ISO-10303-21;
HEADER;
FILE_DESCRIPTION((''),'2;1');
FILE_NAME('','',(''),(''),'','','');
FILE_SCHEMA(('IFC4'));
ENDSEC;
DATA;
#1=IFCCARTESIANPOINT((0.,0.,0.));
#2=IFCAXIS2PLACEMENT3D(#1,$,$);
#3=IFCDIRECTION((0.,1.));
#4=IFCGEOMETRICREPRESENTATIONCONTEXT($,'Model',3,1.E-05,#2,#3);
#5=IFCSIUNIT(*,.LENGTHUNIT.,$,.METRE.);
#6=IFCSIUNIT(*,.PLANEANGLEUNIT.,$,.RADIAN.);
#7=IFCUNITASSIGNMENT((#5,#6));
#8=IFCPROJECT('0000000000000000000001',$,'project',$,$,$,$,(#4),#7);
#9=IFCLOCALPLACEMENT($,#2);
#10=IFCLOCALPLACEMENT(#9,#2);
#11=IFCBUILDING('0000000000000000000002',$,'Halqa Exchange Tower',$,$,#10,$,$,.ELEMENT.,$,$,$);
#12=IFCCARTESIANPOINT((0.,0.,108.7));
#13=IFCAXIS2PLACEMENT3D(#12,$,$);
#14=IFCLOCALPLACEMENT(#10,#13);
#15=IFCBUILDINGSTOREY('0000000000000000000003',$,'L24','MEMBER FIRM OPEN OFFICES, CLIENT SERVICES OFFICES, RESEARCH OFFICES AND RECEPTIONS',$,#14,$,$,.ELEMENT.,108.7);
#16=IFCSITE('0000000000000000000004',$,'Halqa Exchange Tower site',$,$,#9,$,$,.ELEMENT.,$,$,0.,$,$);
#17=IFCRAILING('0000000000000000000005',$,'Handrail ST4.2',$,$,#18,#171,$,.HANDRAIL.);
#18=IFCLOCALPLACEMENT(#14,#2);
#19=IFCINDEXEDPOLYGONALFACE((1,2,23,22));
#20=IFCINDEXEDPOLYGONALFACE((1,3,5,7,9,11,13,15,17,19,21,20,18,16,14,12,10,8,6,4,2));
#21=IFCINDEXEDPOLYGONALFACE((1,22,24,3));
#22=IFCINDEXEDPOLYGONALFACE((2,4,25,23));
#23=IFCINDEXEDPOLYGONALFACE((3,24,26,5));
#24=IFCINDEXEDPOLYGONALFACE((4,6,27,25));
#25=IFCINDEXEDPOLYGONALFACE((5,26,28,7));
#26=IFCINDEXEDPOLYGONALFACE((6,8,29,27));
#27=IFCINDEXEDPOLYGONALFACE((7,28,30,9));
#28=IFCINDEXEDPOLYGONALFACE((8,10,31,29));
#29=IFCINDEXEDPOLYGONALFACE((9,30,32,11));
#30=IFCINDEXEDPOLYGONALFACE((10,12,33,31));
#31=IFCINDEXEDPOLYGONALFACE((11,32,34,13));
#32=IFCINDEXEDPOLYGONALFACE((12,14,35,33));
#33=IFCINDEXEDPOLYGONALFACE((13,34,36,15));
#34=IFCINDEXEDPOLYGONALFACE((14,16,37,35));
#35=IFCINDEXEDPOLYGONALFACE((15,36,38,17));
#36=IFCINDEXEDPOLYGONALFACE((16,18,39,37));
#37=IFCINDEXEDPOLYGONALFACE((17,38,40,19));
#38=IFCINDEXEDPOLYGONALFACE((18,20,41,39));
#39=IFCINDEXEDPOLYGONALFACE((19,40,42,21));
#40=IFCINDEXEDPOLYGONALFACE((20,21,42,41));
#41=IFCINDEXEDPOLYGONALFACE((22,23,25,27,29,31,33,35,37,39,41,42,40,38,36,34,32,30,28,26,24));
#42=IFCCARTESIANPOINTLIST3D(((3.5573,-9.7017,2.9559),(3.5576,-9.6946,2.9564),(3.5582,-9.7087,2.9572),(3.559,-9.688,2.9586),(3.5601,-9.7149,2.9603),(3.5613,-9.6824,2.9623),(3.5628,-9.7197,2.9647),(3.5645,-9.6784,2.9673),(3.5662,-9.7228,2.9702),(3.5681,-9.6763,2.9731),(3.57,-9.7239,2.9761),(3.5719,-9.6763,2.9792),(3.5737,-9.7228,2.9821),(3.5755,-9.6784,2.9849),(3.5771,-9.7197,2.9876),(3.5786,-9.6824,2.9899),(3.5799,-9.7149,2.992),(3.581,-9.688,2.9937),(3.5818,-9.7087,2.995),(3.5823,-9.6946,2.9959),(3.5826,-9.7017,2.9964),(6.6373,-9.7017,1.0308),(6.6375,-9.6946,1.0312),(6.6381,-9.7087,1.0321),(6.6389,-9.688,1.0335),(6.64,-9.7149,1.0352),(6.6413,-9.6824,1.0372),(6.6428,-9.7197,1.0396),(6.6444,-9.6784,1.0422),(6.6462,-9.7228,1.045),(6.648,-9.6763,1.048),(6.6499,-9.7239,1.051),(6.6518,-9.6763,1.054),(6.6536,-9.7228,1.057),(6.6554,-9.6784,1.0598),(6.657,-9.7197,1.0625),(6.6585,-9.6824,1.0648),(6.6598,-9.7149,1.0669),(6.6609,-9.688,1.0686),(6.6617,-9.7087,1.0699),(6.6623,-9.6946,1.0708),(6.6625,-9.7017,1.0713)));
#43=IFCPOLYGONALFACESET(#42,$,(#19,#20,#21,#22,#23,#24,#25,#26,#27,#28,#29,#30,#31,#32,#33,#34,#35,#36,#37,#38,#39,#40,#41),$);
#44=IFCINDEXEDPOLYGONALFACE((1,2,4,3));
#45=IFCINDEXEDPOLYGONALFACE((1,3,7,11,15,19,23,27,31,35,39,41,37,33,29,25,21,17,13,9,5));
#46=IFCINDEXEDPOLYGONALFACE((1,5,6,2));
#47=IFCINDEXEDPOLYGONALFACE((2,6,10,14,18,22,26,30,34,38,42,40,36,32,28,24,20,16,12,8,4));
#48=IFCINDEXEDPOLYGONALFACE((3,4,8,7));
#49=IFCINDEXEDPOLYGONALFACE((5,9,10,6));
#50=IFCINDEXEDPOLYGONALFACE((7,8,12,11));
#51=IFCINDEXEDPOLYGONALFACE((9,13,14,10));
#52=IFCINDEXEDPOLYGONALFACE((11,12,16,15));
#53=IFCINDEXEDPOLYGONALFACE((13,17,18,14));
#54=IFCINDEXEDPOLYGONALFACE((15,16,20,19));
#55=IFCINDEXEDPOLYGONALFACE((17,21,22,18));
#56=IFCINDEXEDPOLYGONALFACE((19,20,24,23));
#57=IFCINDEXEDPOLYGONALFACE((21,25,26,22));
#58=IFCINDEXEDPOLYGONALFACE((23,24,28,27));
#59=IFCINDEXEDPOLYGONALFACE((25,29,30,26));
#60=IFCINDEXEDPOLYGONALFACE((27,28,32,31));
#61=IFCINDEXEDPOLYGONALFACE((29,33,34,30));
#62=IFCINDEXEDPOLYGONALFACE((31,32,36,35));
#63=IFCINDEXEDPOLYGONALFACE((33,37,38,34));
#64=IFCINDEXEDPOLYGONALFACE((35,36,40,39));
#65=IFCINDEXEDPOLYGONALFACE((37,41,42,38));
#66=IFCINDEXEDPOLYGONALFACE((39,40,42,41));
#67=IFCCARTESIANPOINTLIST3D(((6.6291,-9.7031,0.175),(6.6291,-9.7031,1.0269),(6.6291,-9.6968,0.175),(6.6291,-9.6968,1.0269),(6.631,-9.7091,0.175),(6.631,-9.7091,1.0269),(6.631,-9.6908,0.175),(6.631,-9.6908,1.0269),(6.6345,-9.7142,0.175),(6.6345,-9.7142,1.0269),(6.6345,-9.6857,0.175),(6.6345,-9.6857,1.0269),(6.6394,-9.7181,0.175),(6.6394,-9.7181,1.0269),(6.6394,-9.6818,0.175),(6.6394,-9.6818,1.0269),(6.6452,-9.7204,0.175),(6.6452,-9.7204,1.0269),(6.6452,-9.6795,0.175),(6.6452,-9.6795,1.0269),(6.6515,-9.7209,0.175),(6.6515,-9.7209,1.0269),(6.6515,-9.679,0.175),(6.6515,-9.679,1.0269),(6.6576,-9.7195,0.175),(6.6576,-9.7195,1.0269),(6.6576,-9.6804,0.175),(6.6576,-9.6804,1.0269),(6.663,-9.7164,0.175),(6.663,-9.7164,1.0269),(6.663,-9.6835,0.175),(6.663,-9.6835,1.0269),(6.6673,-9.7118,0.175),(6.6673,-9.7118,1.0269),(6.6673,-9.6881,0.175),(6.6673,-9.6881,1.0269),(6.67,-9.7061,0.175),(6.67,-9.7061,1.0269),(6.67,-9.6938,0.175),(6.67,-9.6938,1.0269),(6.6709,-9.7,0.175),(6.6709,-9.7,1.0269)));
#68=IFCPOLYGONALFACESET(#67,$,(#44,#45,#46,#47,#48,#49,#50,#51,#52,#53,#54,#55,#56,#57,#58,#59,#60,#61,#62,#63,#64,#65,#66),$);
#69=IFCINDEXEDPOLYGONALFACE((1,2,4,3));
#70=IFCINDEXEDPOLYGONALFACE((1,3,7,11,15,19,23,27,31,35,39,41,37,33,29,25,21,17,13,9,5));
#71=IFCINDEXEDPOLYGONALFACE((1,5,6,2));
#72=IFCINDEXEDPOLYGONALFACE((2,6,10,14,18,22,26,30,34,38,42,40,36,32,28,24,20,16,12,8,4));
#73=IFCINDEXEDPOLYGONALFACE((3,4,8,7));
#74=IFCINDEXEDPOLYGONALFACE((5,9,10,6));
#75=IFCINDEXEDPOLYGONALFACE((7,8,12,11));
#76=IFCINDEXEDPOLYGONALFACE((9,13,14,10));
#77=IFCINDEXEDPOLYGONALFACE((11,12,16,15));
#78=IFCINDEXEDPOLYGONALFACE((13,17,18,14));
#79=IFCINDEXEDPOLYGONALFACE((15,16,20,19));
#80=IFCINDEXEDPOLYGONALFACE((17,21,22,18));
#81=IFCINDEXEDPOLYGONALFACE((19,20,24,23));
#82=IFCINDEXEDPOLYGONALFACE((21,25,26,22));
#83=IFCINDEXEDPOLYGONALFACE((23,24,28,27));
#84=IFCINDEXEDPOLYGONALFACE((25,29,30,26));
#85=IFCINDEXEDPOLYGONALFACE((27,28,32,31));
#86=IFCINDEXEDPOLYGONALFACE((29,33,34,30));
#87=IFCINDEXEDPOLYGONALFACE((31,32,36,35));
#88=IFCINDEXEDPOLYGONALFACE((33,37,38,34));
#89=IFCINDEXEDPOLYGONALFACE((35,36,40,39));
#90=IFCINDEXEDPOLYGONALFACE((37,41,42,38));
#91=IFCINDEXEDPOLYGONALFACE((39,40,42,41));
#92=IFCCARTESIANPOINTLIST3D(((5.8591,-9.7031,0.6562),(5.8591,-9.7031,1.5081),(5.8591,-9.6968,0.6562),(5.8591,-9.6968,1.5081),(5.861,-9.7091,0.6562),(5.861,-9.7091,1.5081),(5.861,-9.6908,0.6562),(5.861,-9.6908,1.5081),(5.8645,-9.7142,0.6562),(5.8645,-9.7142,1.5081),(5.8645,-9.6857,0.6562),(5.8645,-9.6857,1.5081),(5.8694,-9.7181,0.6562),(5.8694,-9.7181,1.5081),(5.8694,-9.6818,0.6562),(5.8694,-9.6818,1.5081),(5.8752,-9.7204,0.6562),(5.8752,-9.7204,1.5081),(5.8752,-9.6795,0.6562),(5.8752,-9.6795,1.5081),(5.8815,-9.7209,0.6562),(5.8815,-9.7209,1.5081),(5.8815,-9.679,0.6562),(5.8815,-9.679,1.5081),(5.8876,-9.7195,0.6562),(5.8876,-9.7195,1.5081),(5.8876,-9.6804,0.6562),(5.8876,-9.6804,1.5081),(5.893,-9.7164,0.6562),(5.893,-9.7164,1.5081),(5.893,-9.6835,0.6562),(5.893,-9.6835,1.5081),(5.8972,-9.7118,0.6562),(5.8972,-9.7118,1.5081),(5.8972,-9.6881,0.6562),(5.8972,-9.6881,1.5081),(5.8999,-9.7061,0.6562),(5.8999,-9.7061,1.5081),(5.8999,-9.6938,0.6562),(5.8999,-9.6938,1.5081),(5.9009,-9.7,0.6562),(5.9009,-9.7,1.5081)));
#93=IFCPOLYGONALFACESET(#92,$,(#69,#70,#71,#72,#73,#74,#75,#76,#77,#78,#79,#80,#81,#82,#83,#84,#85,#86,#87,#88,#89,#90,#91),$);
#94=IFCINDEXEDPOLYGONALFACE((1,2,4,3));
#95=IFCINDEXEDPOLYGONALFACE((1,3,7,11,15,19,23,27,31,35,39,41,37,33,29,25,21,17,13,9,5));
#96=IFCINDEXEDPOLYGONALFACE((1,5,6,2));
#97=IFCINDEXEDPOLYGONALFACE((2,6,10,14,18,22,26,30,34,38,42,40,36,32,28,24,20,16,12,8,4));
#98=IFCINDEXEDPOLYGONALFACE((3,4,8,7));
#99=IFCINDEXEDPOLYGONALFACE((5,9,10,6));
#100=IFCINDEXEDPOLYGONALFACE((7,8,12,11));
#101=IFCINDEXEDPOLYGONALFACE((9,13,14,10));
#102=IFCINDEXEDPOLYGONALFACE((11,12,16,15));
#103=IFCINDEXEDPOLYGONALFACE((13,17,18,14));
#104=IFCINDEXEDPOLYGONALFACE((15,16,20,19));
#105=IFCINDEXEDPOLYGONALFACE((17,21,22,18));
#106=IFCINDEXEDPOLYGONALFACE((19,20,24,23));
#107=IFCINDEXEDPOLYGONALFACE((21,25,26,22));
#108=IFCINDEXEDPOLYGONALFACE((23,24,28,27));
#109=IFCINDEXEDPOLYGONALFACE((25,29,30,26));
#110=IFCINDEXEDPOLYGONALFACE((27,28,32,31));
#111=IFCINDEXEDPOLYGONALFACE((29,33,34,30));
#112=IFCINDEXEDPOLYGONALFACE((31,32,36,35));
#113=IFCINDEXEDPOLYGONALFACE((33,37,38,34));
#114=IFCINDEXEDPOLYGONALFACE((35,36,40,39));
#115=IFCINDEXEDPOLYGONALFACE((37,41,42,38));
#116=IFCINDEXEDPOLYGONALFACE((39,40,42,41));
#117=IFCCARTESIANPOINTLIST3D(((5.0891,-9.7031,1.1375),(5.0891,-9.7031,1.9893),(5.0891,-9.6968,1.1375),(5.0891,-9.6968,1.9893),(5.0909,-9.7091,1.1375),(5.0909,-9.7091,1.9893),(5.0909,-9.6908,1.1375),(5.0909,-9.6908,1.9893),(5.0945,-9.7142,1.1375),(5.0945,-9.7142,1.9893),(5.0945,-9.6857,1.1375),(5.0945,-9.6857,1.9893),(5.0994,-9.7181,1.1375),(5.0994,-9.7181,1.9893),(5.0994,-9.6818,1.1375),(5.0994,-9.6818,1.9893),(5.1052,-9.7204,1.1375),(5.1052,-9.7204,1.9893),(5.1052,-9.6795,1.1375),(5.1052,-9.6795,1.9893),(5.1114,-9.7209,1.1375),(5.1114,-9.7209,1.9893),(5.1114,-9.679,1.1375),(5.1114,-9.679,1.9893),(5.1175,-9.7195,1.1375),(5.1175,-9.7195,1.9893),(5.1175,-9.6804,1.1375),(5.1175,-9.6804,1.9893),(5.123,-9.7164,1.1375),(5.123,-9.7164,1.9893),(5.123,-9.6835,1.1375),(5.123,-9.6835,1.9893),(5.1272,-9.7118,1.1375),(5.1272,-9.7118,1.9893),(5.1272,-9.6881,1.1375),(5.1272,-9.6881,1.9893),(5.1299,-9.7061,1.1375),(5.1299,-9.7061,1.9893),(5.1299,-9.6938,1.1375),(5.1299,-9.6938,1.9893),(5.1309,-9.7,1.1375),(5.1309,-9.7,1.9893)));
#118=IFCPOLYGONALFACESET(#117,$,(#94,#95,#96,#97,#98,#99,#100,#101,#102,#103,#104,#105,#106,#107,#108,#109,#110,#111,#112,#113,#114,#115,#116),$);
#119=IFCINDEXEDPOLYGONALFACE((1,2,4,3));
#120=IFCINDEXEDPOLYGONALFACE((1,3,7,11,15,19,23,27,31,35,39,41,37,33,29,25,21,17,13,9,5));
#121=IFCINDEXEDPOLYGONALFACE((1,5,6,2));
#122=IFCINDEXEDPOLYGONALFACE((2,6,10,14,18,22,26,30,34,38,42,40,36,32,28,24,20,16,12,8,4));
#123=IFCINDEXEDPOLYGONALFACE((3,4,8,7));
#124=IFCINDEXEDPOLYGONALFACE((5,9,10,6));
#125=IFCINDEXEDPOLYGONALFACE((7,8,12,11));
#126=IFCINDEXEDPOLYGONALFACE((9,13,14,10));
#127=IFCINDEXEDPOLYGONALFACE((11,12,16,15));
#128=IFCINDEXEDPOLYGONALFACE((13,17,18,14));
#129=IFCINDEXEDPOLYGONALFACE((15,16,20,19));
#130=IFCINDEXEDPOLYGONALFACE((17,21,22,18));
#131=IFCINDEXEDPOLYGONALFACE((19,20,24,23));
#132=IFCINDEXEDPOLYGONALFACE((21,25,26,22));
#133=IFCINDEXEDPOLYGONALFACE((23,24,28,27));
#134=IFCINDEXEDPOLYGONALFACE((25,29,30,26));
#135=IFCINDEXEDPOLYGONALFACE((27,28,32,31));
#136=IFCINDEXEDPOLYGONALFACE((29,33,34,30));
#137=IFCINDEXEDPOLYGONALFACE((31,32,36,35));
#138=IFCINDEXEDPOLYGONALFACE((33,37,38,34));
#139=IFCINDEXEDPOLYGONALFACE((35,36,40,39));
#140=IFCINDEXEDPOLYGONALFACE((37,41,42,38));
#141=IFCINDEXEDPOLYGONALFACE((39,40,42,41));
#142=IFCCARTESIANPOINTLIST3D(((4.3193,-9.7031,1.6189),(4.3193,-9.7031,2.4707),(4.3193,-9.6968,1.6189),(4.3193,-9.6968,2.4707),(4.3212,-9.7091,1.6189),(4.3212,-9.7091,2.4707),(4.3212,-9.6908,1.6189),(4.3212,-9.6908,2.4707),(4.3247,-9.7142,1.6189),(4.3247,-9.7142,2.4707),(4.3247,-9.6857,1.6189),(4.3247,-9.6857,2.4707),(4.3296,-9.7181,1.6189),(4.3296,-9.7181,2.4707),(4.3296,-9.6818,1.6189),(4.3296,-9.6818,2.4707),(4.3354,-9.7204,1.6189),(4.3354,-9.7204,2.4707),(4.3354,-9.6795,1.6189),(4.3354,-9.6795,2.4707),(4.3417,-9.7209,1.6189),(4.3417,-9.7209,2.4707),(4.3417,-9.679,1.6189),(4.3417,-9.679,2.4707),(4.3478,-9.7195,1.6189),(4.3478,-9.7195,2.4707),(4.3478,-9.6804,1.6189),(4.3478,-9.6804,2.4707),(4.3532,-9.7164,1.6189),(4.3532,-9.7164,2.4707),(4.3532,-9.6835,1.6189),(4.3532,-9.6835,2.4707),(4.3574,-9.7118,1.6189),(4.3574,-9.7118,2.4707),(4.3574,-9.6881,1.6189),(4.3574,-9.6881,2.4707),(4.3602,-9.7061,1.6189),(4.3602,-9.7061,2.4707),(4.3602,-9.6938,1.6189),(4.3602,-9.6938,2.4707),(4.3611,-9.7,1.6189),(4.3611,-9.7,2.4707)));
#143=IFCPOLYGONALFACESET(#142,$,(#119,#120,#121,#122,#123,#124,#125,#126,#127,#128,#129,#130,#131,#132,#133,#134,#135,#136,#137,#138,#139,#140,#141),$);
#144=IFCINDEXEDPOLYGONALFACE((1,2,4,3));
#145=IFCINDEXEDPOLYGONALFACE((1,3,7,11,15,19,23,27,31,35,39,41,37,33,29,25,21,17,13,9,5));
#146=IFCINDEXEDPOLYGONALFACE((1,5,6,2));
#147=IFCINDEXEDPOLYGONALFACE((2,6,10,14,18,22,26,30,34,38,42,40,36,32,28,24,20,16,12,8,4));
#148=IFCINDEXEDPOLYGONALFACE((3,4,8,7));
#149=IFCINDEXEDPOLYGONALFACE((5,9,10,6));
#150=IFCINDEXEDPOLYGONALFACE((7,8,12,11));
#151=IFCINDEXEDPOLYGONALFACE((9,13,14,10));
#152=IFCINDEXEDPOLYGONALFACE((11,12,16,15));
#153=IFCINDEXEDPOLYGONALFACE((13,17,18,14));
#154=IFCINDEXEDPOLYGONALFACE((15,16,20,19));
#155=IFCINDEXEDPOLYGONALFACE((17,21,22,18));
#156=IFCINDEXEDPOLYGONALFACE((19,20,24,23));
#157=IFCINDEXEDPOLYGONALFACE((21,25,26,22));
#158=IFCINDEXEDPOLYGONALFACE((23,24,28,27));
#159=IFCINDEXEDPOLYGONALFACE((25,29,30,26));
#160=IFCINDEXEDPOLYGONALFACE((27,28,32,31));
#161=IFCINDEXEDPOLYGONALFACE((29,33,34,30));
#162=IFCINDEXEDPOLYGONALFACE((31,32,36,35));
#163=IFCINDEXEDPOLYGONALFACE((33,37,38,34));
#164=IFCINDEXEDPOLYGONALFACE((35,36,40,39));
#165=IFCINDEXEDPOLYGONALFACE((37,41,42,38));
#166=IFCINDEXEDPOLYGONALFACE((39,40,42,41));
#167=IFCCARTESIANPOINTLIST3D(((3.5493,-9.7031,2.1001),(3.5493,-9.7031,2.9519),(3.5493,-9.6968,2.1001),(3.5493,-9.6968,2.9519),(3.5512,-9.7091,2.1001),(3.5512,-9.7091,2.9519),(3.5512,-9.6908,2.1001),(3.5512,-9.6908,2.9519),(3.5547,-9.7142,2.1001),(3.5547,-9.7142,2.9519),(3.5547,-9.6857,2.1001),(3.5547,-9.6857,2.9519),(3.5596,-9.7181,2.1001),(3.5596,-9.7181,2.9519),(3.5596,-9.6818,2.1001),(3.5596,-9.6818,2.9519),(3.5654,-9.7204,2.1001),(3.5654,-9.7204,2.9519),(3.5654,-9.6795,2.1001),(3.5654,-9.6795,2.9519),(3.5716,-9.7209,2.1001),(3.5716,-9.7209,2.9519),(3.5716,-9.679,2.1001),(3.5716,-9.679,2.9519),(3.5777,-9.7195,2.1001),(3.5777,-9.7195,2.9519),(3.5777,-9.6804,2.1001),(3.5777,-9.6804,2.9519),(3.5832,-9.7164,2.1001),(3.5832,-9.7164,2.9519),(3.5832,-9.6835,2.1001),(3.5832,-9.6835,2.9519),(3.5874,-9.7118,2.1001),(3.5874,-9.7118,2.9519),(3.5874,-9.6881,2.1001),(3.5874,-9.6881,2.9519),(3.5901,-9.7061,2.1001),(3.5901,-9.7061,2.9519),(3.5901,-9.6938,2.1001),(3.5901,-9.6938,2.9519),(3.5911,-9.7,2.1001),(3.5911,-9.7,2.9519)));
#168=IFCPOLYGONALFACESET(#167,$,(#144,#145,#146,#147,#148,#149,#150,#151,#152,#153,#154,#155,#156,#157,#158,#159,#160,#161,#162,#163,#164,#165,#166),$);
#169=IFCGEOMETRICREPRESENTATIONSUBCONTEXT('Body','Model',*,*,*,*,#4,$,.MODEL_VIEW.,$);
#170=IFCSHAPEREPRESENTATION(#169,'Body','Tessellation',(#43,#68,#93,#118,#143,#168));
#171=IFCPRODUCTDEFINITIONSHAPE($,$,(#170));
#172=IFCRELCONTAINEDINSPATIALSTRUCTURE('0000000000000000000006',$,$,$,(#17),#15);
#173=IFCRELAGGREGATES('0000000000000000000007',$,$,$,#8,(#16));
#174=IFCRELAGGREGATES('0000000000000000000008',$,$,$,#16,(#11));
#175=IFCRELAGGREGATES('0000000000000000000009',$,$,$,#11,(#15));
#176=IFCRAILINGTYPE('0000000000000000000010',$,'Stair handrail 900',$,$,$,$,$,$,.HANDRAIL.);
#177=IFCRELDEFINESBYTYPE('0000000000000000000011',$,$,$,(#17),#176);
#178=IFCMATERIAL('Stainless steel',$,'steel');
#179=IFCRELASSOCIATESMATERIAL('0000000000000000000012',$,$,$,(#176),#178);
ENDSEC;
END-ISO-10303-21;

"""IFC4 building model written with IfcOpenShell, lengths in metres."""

from ifc_helpers import new_model, si_unit, direction, frame, origin, origin_2d, place, context, subcontext, project, spatial, circle, extrude, material, type_object, element, save


model = new_model("IFC4")

# Units and contexts
model_context = context("Model", 3, precision=1e-05, world=origin(), true_north=direction((0.0, 1.0)))
body_context = subcontext(model_context, "Body", "Model", "MODEL_VIEW")
ifc_project = project(units=[si_unit("LENGTHUNIT", "METRE"), si_unit("PLANEANGLEUNIT", "RADIAN")], contexts=[model_context])

# Site, building, storey
site_placement = place(None, origin())
site = spatial("IfcSite", under=ifc_project, at=site_placement, Name="Halqa Exchange Tower site", CompositionType="ELEMENT", RefElevation=0.0)
building_placement = place(site_placement, origin())
building = spatial("IfcBuilding", under=site, at=building_placement, Name="Halqa Exchange Tower", CompositionType="ELEMENT")
storey_placement = place(building_placement, frame((0.0, 0.0, 108.7)))
storey = spatial("IfcBuildingStorey", under=building, at=storey_placement, Name="L24", Description="MEMBER FIRM OPEN OFFICES, CLIENT SERVICES OFFICES, RESEARCH OFFICES AND RECEPTIONS", CompositionType="ELEMENT", Elevation=108.7)

# Railing
ifc_material_1 = material(Name="Stainless steel", Category="steel")
railing_type_1 = type_object("IfcRailingType", Name="Stair handrail 900", PredefinedType="HANDRAIL", material=ifc_material_1)
railing_1_placement = place(storey_placement, frame((6.6499, -9.7, 0.175)))
element("IfcRailing", 1, at=railing_1_placement, inside=storey, type_object=railing_type_1, Name="Handrail ST4.2", PredefinedType="HANDRAIL", context=body_context, shape_type="SweptSolid", body=[
    extrude(circle(Radius=0.0239, at=origin_2d()), frame((0.0, 0.0, 0.876), z_axis=(-0.847979, 0.0, 0.530029), x_axis=(0.0, -1.0, 0.0)), (0.0, 0.0, 1.0), 3.6321),
    extrude(circle(Radius=0.021, at=origin_2d()), origin(), (0.0, 0.0, 1.0), 0.8518),
    extrude(circle(Radius=0.021, at=origin_2d()), frame((-0.77, 0.0, 0.4812)), (0.0, 0.0, 1.0), 0.8518),
    extrude(circle(Radius=0.021, at=origin_2d()), frame((-1.54, 0.0, 0.9624)), (0.0, 0.0, 1.0), 0.8518),
    extrude(circle(Radius=0.021, at=origin_2d()), frame((-2.3098, 0.0, 1.4438)), (0.0, 0.0, 1.0), 0.8518),
    extrude(circle(Radius=0.021, at=origin_2d()), frame((-3.0798, 0.0, 1.925)), (0.0, 0.0, 1.0), 0.8518),
])

save(model, "model.ifc")
